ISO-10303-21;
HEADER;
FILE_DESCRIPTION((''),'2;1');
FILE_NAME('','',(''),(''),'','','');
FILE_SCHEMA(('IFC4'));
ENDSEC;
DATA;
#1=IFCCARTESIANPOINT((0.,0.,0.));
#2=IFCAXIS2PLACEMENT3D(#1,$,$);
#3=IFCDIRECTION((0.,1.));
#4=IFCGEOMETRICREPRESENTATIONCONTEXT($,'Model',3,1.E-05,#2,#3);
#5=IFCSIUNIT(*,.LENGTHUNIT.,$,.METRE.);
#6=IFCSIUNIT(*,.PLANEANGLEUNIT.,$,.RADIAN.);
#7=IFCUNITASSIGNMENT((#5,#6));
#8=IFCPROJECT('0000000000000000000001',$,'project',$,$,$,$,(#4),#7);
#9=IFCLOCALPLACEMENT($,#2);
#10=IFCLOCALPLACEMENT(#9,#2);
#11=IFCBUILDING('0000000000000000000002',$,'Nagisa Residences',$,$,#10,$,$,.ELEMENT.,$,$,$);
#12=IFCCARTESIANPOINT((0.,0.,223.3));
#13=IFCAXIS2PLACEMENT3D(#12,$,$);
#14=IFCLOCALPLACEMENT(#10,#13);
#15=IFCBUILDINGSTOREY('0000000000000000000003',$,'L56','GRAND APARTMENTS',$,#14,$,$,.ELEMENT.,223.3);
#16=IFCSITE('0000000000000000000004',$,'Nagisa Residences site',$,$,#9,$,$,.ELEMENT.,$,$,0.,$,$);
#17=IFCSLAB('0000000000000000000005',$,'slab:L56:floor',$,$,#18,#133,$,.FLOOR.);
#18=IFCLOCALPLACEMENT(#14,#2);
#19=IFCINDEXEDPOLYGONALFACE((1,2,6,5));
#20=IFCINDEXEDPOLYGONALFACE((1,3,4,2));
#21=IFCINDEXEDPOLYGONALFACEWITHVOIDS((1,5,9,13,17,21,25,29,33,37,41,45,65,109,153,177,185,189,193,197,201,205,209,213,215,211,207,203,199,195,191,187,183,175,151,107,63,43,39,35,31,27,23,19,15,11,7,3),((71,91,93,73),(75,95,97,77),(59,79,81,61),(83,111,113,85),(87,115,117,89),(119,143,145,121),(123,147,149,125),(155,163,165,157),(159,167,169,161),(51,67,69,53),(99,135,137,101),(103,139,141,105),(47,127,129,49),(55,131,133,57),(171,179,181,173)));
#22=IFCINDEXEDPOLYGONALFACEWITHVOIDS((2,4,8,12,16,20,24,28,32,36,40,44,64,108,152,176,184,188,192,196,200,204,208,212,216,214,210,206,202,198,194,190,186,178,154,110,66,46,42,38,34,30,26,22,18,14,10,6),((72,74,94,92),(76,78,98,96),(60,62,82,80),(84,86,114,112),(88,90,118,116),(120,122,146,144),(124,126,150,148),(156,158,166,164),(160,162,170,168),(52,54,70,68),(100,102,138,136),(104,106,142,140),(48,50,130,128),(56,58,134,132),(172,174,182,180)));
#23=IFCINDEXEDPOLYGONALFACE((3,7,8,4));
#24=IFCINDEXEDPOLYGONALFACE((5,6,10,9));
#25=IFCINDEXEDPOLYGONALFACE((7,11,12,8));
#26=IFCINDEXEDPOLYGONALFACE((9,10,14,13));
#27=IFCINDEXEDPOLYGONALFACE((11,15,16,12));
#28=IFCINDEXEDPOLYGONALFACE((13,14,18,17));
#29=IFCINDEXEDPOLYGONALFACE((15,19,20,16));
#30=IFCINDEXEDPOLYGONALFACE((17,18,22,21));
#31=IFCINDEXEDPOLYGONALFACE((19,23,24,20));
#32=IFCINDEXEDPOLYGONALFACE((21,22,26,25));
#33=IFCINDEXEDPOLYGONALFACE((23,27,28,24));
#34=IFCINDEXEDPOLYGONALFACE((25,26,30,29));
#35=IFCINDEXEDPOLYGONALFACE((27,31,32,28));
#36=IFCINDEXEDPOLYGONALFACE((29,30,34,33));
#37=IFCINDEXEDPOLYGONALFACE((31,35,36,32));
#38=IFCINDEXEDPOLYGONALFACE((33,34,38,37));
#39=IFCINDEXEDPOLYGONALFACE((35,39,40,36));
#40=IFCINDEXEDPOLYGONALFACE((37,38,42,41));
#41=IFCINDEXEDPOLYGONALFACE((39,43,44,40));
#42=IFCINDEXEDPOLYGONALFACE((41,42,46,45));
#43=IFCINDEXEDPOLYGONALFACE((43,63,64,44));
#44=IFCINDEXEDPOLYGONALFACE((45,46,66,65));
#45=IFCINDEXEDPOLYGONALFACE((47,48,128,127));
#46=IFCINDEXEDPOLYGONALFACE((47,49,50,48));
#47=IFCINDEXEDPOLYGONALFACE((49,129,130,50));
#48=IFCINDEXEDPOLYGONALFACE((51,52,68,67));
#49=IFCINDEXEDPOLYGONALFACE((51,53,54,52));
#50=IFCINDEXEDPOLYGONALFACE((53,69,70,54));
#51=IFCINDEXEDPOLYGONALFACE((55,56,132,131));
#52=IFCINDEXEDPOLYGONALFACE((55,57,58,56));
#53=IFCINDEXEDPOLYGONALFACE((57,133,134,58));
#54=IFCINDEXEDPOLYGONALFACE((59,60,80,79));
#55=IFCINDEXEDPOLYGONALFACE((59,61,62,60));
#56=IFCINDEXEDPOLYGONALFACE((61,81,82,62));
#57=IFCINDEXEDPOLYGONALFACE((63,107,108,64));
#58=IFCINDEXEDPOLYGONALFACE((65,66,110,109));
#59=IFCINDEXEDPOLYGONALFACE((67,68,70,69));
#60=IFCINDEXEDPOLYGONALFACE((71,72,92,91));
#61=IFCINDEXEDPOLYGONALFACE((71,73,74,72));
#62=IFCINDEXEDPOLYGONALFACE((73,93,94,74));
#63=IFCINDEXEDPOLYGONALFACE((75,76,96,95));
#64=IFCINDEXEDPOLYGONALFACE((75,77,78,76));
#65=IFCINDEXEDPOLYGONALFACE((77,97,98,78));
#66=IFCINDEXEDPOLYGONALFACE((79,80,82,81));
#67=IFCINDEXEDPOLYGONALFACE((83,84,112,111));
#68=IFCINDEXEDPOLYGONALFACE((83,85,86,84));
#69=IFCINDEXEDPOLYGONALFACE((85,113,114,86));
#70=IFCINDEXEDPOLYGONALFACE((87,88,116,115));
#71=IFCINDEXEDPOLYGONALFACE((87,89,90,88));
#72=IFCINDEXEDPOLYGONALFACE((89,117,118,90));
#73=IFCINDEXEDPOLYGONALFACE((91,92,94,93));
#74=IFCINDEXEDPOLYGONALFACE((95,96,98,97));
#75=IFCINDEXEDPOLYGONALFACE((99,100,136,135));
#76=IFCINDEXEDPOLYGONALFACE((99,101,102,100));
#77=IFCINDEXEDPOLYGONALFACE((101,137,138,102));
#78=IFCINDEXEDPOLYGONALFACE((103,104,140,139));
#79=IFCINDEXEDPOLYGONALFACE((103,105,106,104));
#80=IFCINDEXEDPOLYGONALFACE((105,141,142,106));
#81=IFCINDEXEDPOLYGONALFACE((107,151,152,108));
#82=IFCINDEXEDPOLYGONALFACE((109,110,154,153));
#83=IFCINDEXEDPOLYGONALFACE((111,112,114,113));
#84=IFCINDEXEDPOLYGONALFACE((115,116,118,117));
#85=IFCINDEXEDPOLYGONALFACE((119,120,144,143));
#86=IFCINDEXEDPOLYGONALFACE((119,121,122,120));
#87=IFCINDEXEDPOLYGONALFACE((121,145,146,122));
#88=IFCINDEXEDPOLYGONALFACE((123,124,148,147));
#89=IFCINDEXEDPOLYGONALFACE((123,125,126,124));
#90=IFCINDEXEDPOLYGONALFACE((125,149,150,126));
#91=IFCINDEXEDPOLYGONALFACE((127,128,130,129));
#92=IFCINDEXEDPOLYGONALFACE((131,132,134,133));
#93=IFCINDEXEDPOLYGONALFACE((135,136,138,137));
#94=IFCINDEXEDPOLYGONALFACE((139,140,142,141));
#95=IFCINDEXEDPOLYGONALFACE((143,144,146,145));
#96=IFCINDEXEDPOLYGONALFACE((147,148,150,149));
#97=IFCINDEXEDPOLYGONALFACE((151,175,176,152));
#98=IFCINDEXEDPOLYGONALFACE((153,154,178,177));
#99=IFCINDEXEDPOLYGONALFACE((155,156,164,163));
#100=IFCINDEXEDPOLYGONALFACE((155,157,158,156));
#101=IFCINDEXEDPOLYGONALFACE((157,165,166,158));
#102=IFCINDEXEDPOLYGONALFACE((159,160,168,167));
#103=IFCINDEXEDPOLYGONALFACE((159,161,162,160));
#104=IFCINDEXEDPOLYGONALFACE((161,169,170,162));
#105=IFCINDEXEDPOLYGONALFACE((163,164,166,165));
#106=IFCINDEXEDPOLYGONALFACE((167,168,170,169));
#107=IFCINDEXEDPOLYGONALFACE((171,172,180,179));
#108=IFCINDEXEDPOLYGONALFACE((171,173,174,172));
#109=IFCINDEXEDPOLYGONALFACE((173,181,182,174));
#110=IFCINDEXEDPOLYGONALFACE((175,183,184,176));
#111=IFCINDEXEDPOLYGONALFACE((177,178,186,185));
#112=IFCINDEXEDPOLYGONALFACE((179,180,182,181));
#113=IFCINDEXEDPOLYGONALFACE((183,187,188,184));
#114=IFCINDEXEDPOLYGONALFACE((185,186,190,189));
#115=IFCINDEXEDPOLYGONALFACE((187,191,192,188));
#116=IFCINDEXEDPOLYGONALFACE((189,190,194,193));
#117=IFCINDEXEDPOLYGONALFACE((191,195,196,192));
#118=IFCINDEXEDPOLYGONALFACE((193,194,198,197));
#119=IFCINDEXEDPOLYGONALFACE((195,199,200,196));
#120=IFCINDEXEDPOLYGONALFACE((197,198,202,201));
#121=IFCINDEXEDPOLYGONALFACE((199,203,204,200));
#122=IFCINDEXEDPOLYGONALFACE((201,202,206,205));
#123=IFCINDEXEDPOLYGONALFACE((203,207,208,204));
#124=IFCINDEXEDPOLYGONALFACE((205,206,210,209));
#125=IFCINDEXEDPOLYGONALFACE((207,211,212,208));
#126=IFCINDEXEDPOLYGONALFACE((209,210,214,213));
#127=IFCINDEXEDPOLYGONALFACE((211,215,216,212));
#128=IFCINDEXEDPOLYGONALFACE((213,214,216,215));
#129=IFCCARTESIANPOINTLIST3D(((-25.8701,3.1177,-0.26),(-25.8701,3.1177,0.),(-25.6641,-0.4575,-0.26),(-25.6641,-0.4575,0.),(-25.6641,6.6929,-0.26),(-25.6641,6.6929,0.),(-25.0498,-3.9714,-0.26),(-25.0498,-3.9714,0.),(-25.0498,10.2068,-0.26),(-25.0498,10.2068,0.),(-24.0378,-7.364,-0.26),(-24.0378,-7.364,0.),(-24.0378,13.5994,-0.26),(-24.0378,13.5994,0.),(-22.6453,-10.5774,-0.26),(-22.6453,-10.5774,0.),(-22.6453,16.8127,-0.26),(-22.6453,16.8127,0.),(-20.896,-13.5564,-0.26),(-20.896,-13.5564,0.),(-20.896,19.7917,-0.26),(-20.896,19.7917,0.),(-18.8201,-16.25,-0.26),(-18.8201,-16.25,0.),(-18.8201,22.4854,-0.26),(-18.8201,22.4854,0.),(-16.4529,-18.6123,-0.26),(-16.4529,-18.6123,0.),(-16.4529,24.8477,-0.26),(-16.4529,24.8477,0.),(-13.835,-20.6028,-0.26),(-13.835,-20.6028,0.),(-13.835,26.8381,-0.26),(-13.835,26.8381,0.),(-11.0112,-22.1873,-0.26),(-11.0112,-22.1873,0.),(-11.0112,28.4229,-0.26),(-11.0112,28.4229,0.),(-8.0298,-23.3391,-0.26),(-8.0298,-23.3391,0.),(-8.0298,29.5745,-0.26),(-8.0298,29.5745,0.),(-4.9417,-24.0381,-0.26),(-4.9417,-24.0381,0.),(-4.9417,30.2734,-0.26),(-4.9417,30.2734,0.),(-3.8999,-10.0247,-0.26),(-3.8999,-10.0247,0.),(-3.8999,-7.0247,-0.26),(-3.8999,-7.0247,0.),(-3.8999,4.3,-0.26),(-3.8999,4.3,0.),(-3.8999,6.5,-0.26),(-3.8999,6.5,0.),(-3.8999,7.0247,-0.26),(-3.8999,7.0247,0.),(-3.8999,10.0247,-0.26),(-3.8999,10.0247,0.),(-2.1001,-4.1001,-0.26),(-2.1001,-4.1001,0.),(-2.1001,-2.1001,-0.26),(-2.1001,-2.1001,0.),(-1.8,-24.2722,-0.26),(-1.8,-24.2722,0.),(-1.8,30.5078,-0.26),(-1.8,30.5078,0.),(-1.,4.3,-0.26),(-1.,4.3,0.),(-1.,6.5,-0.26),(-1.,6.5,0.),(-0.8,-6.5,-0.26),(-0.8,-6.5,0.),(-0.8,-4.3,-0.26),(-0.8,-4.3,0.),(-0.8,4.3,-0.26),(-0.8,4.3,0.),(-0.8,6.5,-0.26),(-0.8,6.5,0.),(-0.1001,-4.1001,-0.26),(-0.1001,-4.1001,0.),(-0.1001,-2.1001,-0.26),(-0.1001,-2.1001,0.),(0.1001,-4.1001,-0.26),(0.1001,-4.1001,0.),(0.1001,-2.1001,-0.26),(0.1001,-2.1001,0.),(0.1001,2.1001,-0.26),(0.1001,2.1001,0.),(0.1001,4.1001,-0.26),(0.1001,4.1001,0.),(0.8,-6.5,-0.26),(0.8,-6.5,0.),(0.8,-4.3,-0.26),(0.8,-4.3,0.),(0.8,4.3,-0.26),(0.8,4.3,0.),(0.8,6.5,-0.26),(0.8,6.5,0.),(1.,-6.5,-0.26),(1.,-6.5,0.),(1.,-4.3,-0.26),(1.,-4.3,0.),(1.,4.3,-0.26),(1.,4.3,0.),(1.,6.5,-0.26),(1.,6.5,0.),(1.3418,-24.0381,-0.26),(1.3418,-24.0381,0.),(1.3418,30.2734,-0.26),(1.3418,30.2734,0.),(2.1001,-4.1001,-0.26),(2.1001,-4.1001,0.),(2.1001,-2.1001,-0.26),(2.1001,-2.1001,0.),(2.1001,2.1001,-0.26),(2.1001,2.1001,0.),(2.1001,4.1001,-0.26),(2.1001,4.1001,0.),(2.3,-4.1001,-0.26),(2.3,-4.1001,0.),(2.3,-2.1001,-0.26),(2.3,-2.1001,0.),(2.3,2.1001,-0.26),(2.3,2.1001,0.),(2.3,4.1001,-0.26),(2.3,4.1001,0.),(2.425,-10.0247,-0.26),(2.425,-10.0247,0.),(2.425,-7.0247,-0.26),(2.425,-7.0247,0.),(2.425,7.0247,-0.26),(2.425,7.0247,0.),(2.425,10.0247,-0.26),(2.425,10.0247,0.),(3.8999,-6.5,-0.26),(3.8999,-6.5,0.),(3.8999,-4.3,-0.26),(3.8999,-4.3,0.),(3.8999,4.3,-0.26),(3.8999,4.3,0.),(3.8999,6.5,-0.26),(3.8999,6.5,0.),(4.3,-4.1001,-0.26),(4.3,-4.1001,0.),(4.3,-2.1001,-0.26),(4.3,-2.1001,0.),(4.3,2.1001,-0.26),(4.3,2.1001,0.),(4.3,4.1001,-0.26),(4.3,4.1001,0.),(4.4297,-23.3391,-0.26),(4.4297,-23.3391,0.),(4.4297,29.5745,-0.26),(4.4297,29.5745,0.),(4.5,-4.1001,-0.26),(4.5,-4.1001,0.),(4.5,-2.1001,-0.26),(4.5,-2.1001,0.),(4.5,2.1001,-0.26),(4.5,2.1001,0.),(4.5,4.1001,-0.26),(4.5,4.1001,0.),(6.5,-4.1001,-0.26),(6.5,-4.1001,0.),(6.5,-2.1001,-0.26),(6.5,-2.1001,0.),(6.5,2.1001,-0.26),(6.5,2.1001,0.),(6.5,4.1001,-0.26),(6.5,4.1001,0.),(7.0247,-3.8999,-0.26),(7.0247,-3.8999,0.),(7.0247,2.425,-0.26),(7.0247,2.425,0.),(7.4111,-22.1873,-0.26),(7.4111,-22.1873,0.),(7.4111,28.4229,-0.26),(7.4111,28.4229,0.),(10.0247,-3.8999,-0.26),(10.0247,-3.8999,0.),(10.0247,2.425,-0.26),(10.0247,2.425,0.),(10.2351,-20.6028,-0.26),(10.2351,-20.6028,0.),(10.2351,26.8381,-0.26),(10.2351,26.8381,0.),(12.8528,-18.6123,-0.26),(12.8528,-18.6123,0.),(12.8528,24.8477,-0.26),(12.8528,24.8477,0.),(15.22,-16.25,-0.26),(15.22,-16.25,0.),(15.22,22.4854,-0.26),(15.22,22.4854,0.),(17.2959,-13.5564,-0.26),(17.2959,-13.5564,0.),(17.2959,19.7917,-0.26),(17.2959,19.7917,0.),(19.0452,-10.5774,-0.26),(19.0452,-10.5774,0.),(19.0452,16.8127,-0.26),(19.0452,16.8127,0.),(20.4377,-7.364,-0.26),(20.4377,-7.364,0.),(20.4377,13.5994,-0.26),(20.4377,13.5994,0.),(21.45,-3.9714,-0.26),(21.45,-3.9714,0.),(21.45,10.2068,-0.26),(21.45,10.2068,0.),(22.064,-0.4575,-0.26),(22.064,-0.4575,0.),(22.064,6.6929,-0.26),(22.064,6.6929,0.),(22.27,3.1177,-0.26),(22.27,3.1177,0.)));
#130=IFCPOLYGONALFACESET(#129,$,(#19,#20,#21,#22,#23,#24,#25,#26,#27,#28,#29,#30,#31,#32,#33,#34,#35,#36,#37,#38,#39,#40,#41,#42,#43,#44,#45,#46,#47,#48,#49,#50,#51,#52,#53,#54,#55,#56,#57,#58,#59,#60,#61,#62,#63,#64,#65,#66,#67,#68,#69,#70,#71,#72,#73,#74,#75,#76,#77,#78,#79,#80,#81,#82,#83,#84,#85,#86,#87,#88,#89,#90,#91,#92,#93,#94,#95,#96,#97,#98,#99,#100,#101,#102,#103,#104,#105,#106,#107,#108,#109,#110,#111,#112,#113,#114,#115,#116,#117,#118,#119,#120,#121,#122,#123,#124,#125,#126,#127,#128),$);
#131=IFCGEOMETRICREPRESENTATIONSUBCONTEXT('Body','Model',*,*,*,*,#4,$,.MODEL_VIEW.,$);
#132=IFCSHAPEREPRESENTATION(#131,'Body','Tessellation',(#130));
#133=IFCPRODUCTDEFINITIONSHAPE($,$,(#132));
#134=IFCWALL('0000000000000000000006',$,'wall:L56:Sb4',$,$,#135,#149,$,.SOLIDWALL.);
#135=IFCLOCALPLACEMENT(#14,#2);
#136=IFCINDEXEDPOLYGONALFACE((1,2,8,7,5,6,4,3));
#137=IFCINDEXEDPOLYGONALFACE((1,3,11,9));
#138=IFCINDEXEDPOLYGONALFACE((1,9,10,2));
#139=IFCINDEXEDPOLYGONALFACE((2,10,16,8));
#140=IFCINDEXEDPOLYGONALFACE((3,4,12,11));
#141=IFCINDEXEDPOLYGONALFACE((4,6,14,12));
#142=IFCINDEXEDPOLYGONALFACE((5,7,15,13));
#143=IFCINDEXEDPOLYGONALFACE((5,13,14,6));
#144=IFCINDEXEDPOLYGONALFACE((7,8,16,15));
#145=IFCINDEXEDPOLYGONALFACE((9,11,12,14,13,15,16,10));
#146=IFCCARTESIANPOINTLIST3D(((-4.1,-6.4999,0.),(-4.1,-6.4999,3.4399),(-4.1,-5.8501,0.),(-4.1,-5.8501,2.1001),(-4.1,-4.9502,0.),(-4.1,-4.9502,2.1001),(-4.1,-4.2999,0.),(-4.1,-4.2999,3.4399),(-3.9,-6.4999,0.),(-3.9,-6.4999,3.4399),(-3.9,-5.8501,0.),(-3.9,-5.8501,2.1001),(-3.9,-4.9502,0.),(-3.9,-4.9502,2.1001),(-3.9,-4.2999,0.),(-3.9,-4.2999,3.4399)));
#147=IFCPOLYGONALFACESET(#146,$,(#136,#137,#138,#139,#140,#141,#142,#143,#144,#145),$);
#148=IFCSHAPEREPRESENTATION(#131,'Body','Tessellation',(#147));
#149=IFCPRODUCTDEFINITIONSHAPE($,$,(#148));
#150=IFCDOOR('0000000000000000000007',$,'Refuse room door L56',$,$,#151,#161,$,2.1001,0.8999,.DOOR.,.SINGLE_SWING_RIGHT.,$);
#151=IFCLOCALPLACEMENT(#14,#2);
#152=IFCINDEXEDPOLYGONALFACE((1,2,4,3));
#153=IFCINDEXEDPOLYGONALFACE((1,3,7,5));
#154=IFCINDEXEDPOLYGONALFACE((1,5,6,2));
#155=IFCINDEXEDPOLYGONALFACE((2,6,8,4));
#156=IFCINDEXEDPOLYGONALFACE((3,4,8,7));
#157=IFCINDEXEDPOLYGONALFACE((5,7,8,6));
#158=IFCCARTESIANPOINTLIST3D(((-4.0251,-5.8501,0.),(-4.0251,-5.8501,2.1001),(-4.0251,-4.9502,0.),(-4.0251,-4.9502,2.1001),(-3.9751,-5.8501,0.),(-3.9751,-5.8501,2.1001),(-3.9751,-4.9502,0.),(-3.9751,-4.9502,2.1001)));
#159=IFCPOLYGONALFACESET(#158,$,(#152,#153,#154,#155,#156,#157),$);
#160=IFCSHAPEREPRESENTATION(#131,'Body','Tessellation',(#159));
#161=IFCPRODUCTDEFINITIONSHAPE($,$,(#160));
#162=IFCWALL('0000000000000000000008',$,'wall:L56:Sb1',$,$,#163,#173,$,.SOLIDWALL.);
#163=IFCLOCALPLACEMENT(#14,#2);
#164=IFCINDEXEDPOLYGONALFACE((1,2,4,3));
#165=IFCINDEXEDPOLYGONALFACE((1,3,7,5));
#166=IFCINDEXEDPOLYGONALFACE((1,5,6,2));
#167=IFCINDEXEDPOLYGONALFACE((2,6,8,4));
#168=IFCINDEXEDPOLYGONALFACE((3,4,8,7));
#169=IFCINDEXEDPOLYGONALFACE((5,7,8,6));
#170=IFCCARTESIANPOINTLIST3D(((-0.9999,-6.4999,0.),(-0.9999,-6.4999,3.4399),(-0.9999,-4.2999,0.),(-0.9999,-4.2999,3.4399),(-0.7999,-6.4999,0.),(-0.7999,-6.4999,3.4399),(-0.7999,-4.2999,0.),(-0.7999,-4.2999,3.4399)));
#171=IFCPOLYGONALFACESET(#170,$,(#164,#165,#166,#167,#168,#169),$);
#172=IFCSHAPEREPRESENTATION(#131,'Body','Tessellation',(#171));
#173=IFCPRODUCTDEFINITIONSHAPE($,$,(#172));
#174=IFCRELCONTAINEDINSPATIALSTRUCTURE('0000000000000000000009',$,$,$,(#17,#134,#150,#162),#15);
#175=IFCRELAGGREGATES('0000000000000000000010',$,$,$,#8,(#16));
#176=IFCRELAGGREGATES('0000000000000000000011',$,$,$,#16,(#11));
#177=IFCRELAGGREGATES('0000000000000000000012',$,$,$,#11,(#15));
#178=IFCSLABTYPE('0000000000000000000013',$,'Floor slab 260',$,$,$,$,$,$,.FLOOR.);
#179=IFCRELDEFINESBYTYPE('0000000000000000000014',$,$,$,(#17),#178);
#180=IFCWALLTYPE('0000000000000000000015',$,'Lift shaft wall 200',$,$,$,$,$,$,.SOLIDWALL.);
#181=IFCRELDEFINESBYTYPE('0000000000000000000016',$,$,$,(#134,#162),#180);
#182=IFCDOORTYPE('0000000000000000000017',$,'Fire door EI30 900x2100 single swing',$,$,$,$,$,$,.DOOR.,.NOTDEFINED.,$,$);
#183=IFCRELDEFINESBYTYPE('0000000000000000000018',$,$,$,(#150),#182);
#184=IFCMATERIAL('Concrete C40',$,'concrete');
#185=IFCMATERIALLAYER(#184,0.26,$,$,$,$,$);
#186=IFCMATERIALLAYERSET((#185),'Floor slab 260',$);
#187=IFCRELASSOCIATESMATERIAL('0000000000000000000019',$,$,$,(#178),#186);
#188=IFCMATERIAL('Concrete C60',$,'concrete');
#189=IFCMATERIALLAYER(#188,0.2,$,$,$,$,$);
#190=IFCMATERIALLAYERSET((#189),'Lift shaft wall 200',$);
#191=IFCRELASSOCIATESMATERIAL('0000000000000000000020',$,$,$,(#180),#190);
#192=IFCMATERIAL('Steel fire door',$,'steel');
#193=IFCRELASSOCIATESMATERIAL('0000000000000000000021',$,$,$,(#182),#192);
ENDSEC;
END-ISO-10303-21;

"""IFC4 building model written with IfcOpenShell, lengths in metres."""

from ifc_helpers import new_model, si_unit, direction, frame, frame_2d, origin, place, context, subcontext, project, spatial, polyline, rectangle, outline, extrude, material, layer, layer_set, type_object, element, fill, save


model = new_model("IFC4")

# Units and contexts
model_context = context("Model", 3, precision=1e-05, world=origin(), true_north=direction((0.0, 1.0)))
body_context = subcontext(model_context, "Body", "Model", "MODEL_VIEW")
ifc_project = project(units=[si_unit("LENGTHUNIT", "METRE"), si_unit("PLANEANGLEUNIT", "RADIAN")], contexts=[model_context])

# Site, building, storey
site_placement = place(None, origin())
site = spatial("IfcSite", under=ifc_project, at=site_placement, Name="Nagisa Residences site", CompositionType="ELEMENT", RefElevation=0.0)
building_placement = place(site_placement, origin())
building = spatial("IfcBuilding", under=site, at=building_placement, Name="Nagisa Residences", CompositionType="ELEMENT")
storey_placement = place(building_placement, frame((0.0, 0.0, 223.3)))
storey = spatial("IfcBuildingStorey", under=building, at=storey_placement, Name="L56", Description="GRAND APARTMENTS", CompositionType="ELEMENT", Elevation=223.3)

# Slab
ifc_material_1 = material(Name="Concrete C40", Category="concrete")
ifc_layer_1 = layer(ifc_material_1, 0.26)
ifc_layer_set_1 = layer_set([ifc_layer_1], Name="Floor slab 260")
slab_type_1 = type_object("IfcSlabType", Name="Floor slab 260", PredefinedType="FLOOR", material=ifc_layer_set_1)
slab_1_placement = place(storey_placement, frame((0.0, 0.0, -0.26)))
element("IfcSlab", 1, at=slab_1_placement, inside=storey, type_object=slab_type_1, Name="slab:L56:floor", PredefinedType="FLOOR", context=body_context, shape_type="SweptSolid", body=[
    extrude(outline(polyline([(22.27, 3.1177), (22.064, 6.6929), (21.45, 10.2068), (20.4377, 13.5994), (19.0452, 16.8127), (17.2959, 19.7917), (15.22, 22.4854), (12.8528, 24.8477), (10.2351, 26.8381), (7.4111, 28.4229), (4.4297, 29.5745), (1.3418, 30.2734), (-1.8, 30.5078), (-4.9417, 30.2734), (-8.0298, 29.5745), (-11.0112, 28.4229), (-13.835, 26.8381), (-16.4529, 24.8477), (-18.8201, 22.4854), (-20.896, 19.7917), (-22.6453, 16.8127), (-24.0378, 13.5994), (-25.0498, 10.2068), (-25.6641, 6.6929), (-25.8701, 3.1177), (-25.6641, -0.4575), (-25.0498, -3.9714), (-24.0378, -7.364), (-22.6453, -10.5774), (-20.896, -13.5564), (-18.8201, -16.25), (-16.4529, -18.6123), (-13.835, -20.6028), (-11.0112, -22.1873), (-8.0298, -23.3391), (-4.9417, -24.0381), (-1.8, -24.2722), (1.3418, -24.0381), (4.4297, -23.3391), (7.4111, -22.1873), (10.2351, -20.6028), (12.8528, -18.6123), (15.22, -16.25), (17.2959, -13.5564), (19.0452, -10.5774), (20.4377, -7.364), (21.45, -3.9714), (22.064, -0.4575), (22.27, 3.1177)]), holes=[polyline([(2.1001, 2.1001), (2.1001, 4.1001), (0.1001, 4.1001), (0.1001, 2.1001), (2.1001, 2.1001)]), polyline([(4.3, 2.1001), (4.3, 4.1001), (2.3, 4.1001), (2.3, 2.1001), (4.3, 2.1001)]), polyline([(6.5, 2.1001), (6.5, 4.1001), (4.5, 4.1001), (4.5, 2.1001), (6.5, 2.1001)]), polyline([(-0.1001, -4.1001), (-0.1001, -2.1001), (-2.1001, -2.1001), (-2.1001, -4.1001), (-0.1001, -4.1001)]), polyline([(2.1001, -4.1001), (2.1001, -2.1001), (0.1001, -2.1001), (0.1001, -4.1001), (2.1001, -4.1001)]), polyline([(4.3, -4.1001), (4.3, -2.1001), (2.3, -2.1001), (2.3, -4.1001), (4.3, -4.1001)]), polyline([(6.5, -4.1001), (6.5, -2.1001), (4.5, -2.1001), (4.5, -4.1001), (6.5, -4.1001)]), polyline([(3.8999, 4.3), (3.8999, 6.5), (1.0, 6.5), (1.0, 4.3), (3.8999, 4.3)]), polyline([(3.8999, -6.5), (3.8999, -4.3), (1.0, -4.3), (1.0, -6.5), (3.8999, -6.5)]), polyline([(-1.0, 4.3), (-1.0, 6.5), (-3.8999, 6.5), (-3.8999, 4.3), (-1.0, 4.3)]), polyline([(0.8, 4.3), (0.8, 6.5), (-0.8, 6.5), (-0.8, 4.3), (0.8, 4.3)]), polyline([(0.8, -6.5), (0.8, -4.3), (-0.8, -4.3), (-0.8, -6.5), (0.8, -6.5)]), polyline([(10.0247, -3.8999), (7.0247, -3.8999), (7.0247, 2.425), (10.0247, 2.425), (10.0247, -3.8999)]), polyline([(-3.8999, 7.0247), (-3.8999, 10.0247), (2.425, 10.0247), (2.425, 7.0247), (-3.8999, 7.0247)]), polyline([(-3.8999, -10.0247), (-3.8999, -7.0247), (2.425, -7.0247), (2.425, -10.0247), (-3.8999, -10.0247)])]), origin(), (0.0, 0.0, 1.0), 0.26),
])

# Wall, opening, door
ifc_material_2 = material(Name="Concrete C60", Category="concrete")
ifc_layer_2 = layer(ifc_material_2, 0.2)
ifc_layer_set_2 = layer_set([ifc_layer_2], Name="Lift shaft wall 200")
wall_type = type_object("IfcWallType", Name="Lift shaft wall 200", PredefinedType="SOLIDWALL", material=ifc_layer_set_2)
wall_1_placement = place(storey_placement, frame((-4.0, -6.5, 0.0), z_axis=(0.0, 0.0, 1.0), x_axis=(0.0, 1.0, 0.0)))
wall_1 = element("IfcWall", 2, at=wall_1_placement, inside=storey, type_object=wall_type, Name="wall:L56:Sb4", PredefinedType="SOLIDWALL", context=body_context, shape_type="SweptSolid", body=[
    extrude(rectangle(XDim=2.2, YDim=0.2, at=frame_2d((1.1001, 0.0))), origin(), (0.0, 0.0, 1.0), 3.4399),
])
opening_placement = place(wall_1_placement, frame((0.6499, 0.0, 0.0)))
opening = element("IfcOpeningElement", 3, at=opening_placement, cuts=wall_1, PredefinedType="OPENING", context=body_context, shape_type="SweptSolid", body=[
    extrude(rectangle(XDim=0.8999, YDim=2.1001, at=frame_2d((0.45, 1.05))), frame((0.0, 0.1099, 0.0), z_axis=(0.0, -1.0, 0.0), x_axis=(1.0, 0.0, 0.0)), (0.0, 0.0, 1.0), 0.22),
])
ifc_material_3 = material(Name="Steel fire door", Category="steel")
door_type = type_object("IfcDoorType", Name="Fire door EI30 900x2100 single swing", OperationType="NOTDEFINED", PredefinedType="DOOR", material=ifc_material_3)
door_placement = place(opening_placement, frame((0.8999, 0.0, 0.0), x_axis=(-1.0, 0.0, 0.0)))
door = element("IfcDoor", 4, at=door_placement, inside=storey, type_object=door_type, Name="Refuse room door L56", OperationType="SINGLE_SWING_RIGHT", OverallHeight=2.1001, OverallWidth=0.8999, PredefinedType="DOOR", context=body_context, shape_type="SweptSolid", body=[
    extrude(rectangle(XDim=0.8999, YDim=2.1001, at=frame_2d((0.45, 1.05))), frame((0.0, 0.0249, 0.0), z_axis=(0.0, -1.0, 0.0), x_axis=(1.0, 0.0, 0.0)), (0.0, 0.0, 1.0), 0.05),
])
fill(opening, door)

# Wall
wall_2_placement = place(storey_placement, frame((-0.8999, -6.5, 0.0), z_axis=(0.0, 0.0, 1.0), x_axis=(0.0, 1.0, 0.0)))
element("IfcWall", 5, at=wall_2_placement, inside=storey, type_object=wall_type, Name="wall:L56:Sb1", PredefinedType="SOLIDWALL", context=body_context, shape_type="SweptSolid", body=[
    extrude(rectangle(XDim=2.2, YDim=0.2, at=frame_2d((1.1001, 0.0))), origin(), (0.0, 0.0, 1.0), 3.4399),
])

save(model, "model.ifc")
